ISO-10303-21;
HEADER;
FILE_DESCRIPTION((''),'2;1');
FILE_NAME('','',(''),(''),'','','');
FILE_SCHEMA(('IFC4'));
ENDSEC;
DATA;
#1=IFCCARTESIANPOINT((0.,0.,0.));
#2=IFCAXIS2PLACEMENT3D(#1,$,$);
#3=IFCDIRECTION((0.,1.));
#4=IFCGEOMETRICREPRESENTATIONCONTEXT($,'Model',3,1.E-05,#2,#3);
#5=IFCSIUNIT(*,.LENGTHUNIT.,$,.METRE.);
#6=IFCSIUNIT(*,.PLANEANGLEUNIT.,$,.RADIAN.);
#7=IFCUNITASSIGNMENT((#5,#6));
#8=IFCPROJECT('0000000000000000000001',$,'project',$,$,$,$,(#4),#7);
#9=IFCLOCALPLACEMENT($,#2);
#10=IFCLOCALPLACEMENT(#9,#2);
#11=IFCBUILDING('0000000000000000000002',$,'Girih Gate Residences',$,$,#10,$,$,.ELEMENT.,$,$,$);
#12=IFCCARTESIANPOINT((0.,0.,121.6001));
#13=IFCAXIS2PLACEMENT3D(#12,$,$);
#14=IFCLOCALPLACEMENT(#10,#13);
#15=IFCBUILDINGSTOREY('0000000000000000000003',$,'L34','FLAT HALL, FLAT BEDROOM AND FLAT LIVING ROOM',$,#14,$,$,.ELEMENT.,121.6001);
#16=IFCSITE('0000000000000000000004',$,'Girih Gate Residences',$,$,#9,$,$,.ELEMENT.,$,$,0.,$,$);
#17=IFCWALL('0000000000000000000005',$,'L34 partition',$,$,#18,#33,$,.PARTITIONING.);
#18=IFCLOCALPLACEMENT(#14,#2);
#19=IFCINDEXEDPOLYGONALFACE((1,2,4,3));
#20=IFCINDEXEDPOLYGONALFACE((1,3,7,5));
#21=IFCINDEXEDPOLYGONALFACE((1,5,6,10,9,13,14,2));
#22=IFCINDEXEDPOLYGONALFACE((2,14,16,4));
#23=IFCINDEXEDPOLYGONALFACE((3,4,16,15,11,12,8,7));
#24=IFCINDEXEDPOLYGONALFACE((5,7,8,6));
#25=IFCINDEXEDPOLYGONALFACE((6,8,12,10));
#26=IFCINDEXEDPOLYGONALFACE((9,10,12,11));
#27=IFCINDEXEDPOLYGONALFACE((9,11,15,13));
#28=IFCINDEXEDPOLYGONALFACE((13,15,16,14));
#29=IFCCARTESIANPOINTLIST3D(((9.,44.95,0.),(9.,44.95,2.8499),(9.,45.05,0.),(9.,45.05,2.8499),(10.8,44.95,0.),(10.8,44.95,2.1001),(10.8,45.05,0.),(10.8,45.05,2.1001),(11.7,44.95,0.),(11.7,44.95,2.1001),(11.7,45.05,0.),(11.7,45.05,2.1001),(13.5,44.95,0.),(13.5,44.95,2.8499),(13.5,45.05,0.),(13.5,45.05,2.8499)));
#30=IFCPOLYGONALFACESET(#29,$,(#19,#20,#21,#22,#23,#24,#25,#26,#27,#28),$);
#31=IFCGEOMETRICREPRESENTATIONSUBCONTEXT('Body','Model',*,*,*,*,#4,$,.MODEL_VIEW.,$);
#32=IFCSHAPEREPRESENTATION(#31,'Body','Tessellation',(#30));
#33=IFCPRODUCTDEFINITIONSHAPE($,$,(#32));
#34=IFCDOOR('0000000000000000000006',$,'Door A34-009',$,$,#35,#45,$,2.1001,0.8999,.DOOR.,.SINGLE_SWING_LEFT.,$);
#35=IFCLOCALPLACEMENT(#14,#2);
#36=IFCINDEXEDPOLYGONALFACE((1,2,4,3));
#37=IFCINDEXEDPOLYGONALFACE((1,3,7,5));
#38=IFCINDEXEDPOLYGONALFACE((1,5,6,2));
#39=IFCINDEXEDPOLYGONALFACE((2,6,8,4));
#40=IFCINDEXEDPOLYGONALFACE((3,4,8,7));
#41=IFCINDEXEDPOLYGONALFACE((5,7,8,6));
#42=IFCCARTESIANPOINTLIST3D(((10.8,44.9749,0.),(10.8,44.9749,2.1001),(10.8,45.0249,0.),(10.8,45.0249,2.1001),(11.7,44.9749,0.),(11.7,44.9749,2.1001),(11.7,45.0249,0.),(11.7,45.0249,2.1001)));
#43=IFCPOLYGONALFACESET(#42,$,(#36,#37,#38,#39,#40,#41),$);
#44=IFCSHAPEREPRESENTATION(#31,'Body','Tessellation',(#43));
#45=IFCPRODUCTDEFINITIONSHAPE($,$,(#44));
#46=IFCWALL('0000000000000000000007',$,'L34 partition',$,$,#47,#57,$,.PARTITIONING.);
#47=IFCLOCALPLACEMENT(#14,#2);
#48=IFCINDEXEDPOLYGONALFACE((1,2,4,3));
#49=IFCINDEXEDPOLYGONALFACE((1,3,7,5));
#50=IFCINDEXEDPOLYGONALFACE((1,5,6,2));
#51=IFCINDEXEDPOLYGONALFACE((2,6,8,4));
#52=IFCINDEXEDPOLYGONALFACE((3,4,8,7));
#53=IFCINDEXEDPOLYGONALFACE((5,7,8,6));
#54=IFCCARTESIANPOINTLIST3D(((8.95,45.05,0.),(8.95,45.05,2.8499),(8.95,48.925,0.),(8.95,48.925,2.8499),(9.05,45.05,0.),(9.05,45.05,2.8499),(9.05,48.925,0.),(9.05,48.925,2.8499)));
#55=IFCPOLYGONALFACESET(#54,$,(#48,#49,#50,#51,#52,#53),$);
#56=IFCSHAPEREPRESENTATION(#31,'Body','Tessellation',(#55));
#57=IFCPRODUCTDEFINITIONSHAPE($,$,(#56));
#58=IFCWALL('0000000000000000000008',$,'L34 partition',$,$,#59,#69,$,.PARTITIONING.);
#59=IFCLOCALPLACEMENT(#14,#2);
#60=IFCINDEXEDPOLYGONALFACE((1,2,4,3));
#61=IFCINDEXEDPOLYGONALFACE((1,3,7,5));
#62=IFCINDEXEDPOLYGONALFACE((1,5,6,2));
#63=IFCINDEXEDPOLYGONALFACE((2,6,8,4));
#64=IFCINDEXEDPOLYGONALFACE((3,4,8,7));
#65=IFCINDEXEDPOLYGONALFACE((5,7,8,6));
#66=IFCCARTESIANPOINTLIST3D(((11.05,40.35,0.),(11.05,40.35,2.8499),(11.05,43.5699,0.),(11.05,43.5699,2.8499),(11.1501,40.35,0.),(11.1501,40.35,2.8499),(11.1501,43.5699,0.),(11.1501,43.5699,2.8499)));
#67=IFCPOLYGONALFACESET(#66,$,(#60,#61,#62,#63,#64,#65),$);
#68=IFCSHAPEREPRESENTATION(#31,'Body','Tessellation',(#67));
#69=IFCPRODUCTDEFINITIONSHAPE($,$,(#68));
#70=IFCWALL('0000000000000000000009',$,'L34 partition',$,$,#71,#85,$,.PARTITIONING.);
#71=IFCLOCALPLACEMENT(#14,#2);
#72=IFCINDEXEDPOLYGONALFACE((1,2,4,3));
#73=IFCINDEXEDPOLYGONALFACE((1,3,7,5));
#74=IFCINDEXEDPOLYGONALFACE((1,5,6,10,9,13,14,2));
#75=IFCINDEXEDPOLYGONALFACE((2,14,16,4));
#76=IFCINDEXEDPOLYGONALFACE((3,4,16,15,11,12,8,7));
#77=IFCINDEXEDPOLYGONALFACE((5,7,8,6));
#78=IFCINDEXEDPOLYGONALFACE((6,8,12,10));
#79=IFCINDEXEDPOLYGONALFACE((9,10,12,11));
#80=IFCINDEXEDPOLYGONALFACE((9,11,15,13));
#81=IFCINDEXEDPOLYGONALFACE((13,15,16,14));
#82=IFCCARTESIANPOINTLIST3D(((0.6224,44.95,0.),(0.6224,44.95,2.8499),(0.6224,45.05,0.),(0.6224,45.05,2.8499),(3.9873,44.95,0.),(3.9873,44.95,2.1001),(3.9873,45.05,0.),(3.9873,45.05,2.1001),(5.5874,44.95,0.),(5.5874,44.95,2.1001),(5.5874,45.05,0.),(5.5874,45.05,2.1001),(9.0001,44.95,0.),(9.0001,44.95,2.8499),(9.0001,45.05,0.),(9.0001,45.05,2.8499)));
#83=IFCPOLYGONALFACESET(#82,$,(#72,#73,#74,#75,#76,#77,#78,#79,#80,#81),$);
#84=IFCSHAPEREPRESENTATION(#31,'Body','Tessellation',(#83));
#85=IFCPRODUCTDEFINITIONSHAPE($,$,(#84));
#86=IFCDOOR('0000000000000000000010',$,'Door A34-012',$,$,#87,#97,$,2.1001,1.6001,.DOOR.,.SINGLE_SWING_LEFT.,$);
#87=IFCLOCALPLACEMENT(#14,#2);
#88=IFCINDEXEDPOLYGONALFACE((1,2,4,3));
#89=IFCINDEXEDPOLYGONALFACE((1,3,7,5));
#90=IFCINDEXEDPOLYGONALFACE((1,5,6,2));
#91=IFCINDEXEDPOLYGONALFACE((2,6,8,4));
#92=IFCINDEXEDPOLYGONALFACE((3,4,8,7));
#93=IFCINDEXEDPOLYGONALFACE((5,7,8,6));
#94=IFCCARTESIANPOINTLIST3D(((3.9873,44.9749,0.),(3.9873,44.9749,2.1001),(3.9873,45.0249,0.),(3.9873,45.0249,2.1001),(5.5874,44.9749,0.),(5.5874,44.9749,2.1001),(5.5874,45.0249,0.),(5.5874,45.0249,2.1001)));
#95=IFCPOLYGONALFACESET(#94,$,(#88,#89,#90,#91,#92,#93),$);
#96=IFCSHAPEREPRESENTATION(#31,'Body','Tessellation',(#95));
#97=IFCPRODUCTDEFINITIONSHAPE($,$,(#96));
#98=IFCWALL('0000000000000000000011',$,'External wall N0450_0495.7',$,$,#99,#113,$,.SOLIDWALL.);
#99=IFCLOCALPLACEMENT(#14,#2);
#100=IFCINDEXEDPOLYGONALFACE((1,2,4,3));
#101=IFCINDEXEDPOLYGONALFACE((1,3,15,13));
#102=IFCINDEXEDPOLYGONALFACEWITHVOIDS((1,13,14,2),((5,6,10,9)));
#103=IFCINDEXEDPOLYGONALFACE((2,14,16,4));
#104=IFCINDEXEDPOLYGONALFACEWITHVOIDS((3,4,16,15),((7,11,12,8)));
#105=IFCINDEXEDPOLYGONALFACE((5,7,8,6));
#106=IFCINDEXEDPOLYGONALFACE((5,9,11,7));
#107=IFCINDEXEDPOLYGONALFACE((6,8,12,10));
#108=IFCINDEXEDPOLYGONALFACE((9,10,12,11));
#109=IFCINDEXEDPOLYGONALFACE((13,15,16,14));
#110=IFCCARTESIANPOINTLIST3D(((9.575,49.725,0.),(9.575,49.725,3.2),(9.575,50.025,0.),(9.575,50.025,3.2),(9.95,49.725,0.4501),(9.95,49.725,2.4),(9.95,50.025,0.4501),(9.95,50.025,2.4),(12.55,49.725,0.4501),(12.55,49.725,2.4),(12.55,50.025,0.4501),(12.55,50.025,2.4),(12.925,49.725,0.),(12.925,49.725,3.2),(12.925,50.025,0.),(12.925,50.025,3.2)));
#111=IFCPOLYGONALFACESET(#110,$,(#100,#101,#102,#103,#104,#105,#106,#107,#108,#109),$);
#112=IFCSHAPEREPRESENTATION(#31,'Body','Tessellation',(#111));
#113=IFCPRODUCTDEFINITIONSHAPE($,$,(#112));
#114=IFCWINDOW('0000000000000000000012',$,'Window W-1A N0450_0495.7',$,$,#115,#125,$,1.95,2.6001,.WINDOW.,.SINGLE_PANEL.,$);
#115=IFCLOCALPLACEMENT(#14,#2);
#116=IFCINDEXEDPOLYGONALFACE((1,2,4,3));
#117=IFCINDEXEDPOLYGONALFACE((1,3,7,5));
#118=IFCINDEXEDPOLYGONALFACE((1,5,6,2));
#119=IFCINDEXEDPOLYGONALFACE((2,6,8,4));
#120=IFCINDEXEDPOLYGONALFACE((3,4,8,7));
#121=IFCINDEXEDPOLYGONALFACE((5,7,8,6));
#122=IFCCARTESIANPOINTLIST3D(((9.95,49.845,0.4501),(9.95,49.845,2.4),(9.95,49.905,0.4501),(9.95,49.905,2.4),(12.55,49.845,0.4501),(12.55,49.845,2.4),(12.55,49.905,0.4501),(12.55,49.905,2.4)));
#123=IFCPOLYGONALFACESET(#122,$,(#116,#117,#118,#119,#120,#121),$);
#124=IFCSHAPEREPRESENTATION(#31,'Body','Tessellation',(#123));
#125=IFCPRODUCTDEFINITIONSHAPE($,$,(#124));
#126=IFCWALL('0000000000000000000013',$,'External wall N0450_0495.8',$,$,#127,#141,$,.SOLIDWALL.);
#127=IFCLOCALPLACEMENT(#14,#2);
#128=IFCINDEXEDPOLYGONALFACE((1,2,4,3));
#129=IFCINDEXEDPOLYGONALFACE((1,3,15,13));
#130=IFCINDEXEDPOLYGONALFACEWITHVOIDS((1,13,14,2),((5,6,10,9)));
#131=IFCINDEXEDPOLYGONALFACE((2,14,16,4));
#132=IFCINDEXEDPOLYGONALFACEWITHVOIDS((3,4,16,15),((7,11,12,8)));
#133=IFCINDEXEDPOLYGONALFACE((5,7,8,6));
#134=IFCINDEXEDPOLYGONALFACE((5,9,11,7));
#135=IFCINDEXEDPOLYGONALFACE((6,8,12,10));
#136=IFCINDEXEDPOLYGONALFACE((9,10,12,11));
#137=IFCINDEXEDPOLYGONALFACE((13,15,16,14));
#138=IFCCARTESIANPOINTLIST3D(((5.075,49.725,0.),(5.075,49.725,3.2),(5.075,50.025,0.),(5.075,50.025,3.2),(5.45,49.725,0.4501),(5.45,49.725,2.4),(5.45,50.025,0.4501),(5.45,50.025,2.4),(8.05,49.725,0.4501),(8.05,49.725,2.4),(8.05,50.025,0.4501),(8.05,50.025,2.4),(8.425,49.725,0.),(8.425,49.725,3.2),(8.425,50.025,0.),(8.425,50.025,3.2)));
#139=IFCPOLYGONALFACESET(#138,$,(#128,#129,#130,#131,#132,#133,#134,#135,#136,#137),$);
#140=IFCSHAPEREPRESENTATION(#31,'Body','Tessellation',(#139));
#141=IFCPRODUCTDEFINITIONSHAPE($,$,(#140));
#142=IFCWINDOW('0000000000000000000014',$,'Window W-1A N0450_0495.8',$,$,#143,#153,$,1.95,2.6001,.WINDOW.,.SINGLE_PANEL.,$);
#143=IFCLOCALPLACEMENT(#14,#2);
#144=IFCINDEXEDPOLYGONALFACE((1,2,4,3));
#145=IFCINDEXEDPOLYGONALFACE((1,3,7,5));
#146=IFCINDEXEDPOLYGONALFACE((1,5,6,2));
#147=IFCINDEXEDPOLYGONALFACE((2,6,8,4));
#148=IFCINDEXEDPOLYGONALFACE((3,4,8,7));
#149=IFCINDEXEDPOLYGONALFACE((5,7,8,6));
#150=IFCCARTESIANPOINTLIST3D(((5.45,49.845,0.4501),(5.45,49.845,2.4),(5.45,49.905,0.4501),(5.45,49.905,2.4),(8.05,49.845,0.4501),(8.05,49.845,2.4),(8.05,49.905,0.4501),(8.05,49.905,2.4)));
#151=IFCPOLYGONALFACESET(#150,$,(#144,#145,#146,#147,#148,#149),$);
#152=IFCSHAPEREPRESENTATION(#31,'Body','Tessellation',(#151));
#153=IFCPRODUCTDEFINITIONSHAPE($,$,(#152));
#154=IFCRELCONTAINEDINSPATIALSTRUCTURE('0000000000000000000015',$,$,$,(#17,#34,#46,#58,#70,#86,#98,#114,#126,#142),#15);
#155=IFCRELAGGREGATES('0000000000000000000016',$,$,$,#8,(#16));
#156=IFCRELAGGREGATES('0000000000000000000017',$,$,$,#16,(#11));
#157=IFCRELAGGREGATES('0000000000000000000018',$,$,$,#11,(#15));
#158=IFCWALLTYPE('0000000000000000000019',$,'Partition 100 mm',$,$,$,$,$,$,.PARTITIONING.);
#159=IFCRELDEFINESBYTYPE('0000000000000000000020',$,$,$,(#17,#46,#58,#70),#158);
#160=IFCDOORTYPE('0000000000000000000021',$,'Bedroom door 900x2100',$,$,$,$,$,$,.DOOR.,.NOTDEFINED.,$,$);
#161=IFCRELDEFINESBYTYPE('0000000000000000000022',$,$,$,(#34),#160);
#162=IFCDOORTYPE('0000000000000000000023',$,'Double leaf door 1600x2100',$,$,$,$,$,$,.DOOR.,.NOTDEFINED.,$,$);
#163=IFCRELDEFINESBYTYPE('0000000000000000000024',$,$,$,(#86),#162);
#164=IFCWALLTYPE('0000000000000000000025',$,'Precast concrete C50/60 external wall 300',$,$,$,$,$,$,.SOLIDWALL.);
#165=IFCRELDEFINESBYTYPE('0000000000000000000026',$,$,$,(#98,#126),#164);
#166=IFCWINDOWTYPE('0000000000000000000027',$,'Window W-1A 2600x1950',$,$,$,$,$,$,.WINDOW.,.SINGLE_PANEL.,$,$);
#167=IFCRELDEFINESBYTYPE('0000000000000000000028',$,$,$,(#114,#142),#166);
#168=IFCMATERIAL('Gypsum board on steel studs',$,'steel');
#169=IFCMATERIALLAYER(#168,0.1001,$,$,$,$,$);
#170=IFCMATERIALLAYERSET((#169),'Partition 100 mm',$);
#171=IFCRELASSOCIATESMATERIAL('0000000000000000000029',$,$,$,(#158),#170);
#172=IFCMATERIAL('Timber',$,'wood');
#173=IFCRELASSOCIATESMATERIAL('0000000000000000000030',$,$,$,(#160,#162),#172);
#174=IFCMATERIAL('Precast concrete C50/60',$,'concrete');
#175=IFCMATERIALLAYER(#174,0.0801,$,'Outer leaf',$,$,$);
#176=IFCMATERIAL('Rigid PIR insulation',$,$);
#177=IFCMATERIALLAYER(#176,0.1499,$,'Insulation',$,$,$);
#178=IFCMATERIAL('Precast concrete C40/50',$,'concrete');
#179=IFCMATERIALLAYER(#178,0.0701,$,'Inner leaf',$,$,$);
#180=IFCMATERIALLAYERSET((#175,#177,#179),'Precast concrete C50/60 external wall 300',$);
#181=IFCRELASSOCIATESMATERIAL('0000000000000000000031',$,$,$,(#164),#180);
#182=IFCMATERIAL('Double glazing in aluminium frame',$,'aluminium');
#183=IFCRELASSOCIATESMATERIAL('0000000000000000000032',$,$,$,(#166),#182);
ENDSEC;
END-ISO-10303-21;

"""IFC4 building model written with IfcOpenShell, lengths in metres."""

from ifc_helpers import new_model, si_unit, direction, frame, frame_2d, origin, place, context, subcontext, project, spatial, rectangle, extrude, material, layer, layer_set, type_object, element, fill, save


model = new_model("IFC4")

# Units and contexts
model_context = context("Model", 3, precision=1e-05, world=origin(), true_north=direction((0.0, 1.0)))
body_context = subcontext(model_context, "Body", "Model", "MODEL_VIEW")
ifc_project = project(units=[si_unit("LENGTHUNIT", "METRE"), si_unit("PLANEANGLEUNIT", "RADIAN")], contexts=[model_context])

# Site, building, storey
site_placement = place(None, origin())
site = spatial("IfcSite", under=ifc_project, at=site_placement, Name="Girih Gate Residences", CompositionType="ELEMENT", RefElevation=0.0)
building_placement = place(site_placement, origin())
building = spatial("IfcBuilding", under=site, at=building_placement, Name="Girih Gate Residences", CompositionType="ELEMENT")
storey_placement = place(building_placement, frame((0.0, 0.0, 121.6001)))
storey = spatial("IfcBuildingStorey", under=building, at=storey_placement, Name="L34", Description="FLAT HALL, FLAT BEDROOM AND FLAT LIVING ROOM", CompositionType="ELEMENT", Elevation=121.6001)

# Shared definitions
ifc_material_1 = material(Name="Gypsum board on steel studs", Category="steel")

# Wall, opening, door
ifc_layer_1 = layer(ifc_material_1, 0.1001)
ifc_layer_set_1 = layer_set([ifc_layer_1], Name="Partition 100 mm")
wall_type_1 = type_object("IfcWallType", Name="Partition 100 mm", PredefinedType="PARTITIONING", material=ifc_layer_set_1)
wall_1_placement = place(storey_placement, frame((9.0, 45.0, 0.0), z_axis=(0.0, 0.0, 1.0), x_axis=(1.0, 0.0, 0.0)))
wall_1 = element("IfcWall", 1, at=wall_1_placement, inside=storey, type_object=wall_type_1, Name="L34 partition", PredefinedType="PARTITIONING", context=body_context, shape_type="SweptSolid", body=[
    extrude(rectangle(XDim=4.5, YDim=0.1001, at=frame_2d((2.25, 0.0))), origin(), (0.0, 0.0, 1.0), 2.8499),
])
opening_1_placement = place(wall_1_placement, frame((1.8, 0.0, 0.0)))
opening_1 = element("IfcOpeningElement", 2, at=opening_1_placement, cuts=wall_1, PredefinedType="OPENING", context=body_context, shape_type="SweptSolid", body=[
    extrude(rectangle(XDim=0.8999, YDim=2.1001, at=frame_2d((0.45, 1.05))), frame((0.0, 0.0601, 0.0), z_axis=(0.0, -1.0, 0.0), x_axis=(1.0, 0.0, 0.0)), (0.0, 0.0, 1.0), 0.1201),
])
ifc_material_2 = material(Name="Timber", Category="wood")
door_type_1 = type_object("IfcDoorType", Name="Bedroom door 900x2100", OperationType="NOTDEFINED", PredefinedType="DOOR", material=ifc_material_2)
door_1_placement = place(opening_1_placement, origin())
door_1 = element("IfcDoor", 3, at=door_1_placement, inside=storey, type_object=door_type_1, Name="Door A34-009", OperationType="SINGLE_SWING_LEFT", OverallHeight=2.1001, OverallWidth=0.8999, PredefinedType="DOOR", context=body_context, shape_type="SweptSolid", body=[
    extrude(rectangle(XDim=0.8999, YDim=2.1001, at=frame_2d((0.45, 1.05))), frame((0.0, 0.0249, 0.0), z_axis=(0.0, -1.0, 0.0), x_axis=(1.0, 0.0, 0.0)), (0.0, 0.0, 1.0), 0.05),
])
fill(opening_1, door_1)

# Walls
wall_2_placement = place(storey_placement, frame((9.0, 45.05, 0.0), z_axis=(0.0, 0.0, 1.0), x_axis=(0.0, 1.0, 0.0)))
element("IfcWall", 4, at=wall_2_placement, inside=storey, type_object=wall_type_1, Name="L34 partition", PredefinedType="PARTITIONING", context=body_context, shape_type="SweptSolid", body=[
    extrude(rectangle(XDim=3.875, YDim=0.1001, at=frame_2d((1.9375, 0.0))), origin(), (0.0, 0.0, 1.0), 2.8499),
])
wall_3_placement = place(storey_placement, frame((11.1001, 40.3501, 0.0), z_axis=(0.0, 0.0, 1.0), x_axis=(0.0, 1.0, 0.0)))
element("IfcWall", 5, at=wall_3_placement, inside=storey, type_object=wall_type_1, Name="L34 partition", PredefinedType="PARTITIONING", context=body_context, shape_type="SweptSolid", body=[
    extrude(rectangle(XDim=3.22, YDim=0.1001, at=frame_2d((1.6099, 0.0))), origin(), (0.0, 0.0, 1.0), 2.8499),
])

# Wall, opening, door
wall_4_placement = place(storey_placement, frame((0.6223, 45.0, 0.0), z_axis=(0.0, 0.0, 1.0), x_axis=(1.0, 0.0, 0.0)))
wall_4 = element("IfcWall", 6, at=wall_4_placement, inside=storey, type_object=wall_type_1, Name="L34 partition", PredefinedType="PARTITIONING", context=body_context, shape_type="SweptSolid", body=[
    extrude(rectangle(XDim=8.3777, YDim=0.1001, at=frame_2d((4.189, 0.0))), origin(), (0.0, 0.0, 1.0), 2.8499),
])
opening_2_placement = place(wall_4_placement, frame((3.365, 0.0, 0.0)))
opening_2 = element("IfcOpeningElement", 7, at=opening_2_placement, cuts=wall_4, PredefinedType="OPENING", context=body_context, shape_type="SweptSolid", body=[
    extrude(rectangle(XDim=1.6001, YDim=2.1001, at=frame_2d((0.8, 1.05))), frame((0.0, 0.0601, 0.0), z_axis=(0.0, -1.0, 0.0), x_axis=(1.0, 0.0, 0.0)), (0.0, 0.0, 1.0), 0.1201),
])
door_type_2 = type_object("IfcDoorType", Name="Double leaf door 1600x2100", OperationType="NOTDEFINED", PredefinedType="DOOR", material=ifc_material_2)
door_2_placement = place(opening_2_placement, origin())
door_2 = element("IfcDoor", 8, at=door_2_placement, inside=storey, type_object=door_type_2, Name="Door A34-012", OperationType="SINGLE_SWING_LEFT", OverallHeight=2.1001, OverallWidth=1.6001, PredefinedType="DOOR", context=body_context, shape_type="SweptSolid", body=[
    extrude(rectangle(XDim=1.6001, YDim=2.1001, at=frame_2d((0.8, 1.05))), frame((0.0, 0.0249, 0.0), z_axis=(0.0, -1.0, 0.0), x_axis=(1.0, 0.0, 0.0)), (0.0, 0.0, 1.0), 0.05),
])
fill(opening_2, door_2)

# Walls, openings, windows
ifc_material_3 = material(Name="Precast concrete C50/60", Category="concrete")
ifc_layer_2 = layer(ifc_material_3, 0.0801, Name="Outer leaf")
ifc_material_4 = material(Name="Rigid PIR insulation")
ifc_layer_3 = layer(ifc_material_4, 0.1499, Name="Insulation")
ifc_material_5 = material(Name="Precast concrete C40/50", Category="concrete")
ifc_layer_4 = layer(ifc_material_5, 0.0701, Name="Inner leaf")
ifc_layer_set_2 = layer_set([ifc_layer_2, ifc_layer_3, ifc_layer_4], Name="Precast concrete C50/60 external wall 300")
wall_type_2 = type_object("IfcWallType", Name="Precast concrete C50/60 external wall 300", PredefinedType="SOLIDWALL", material=ifc_layer_set_2)
wall_5_placement = place(storey_placement, frame((9.575, 49.875, 0.0), z_axis=(0.0, 0.0, 1.0), x_axis=(1.0, 0.0, 0.0)))
wall_5 = element("IfcWall", 9, at=wall_5_placement, inside=storey, type_object=wall_type_2, Name="External wall N0450_0495.7", PredefinedType="SOLIDWALL", context=body_context, shape_type="SweptSolid", body=[
    extrude(rectangle(XDim=3.3501, YDim=0.3, at=frame_2d((1.675, 0.0))), origin(), (0.0, 0.0, 1.0), 3.2),
])
opening_3_placement = place(wall_5_placement, frame((0.375, 0.0, 0.45)))
opening_3 = element("IfcOpeningElement", 10, at=opening_3_placement, cuts=wall_5, PredefinedType="OPENING", context=body_context, shape_type="SweptSolid", body=[
    extrude(rectangle(XDim=2.6001, YDim=1.95, at=frame_2d((1.3, 0.9751))), frame((0.0, 0.1599, 0.0), z_axis=(0.0, -1.0, 0.0), x_axis=(1.0, 0.0, 0.0)), (0.0, 0.0, 1.0), 0.3201),
])
ifc_material_6 = material(Name="Double glazing in aluminium frame", Category="aluminium")
window_type_1 = type_object("IfcWindowType", Name="Window W-1A 2600x1950", PartitioningType="SINGLE_PANEL", PredefinedType="WINDOW", material=ifc_material_6)
window_1_placement = place(opening_3_placement, origin())
window_1 = element("IfcWindow", 11, at=window_1_placement, inside=storey, type_object=window_type_1, Name="Window W-1A N0450_0495.7", OverallHeight=1.95, OverallWidth=2.6001, PartitioningType="SINGLE_PANEL", PredefinedType="WINDOW", context=body_context, shape_type="SweptSolid", body=[
    extrude(rectangle(XDim=2.6001, YDim=1.95, at=frame_2d((1.3, 0.9751))), frame((0.0, 0.03, 0.0), z_axis=(0.0, -1.0, 0.0), x_axis=(1.0, 0.0, 0.0)), (0.0, 0.0, 1.0), 0.0601),
])
fill(opening_3, window_1)
wall_6_placement = place(storey_placement, frame((5.075, 49.875, 0.0), z_axis=(0.0, 0.0, 1.0), x_axis=(1.0, 0.0, 0.0)))
wall_6 = element("IfcWall", 12, at=wall_6_placement, inside=storey, type_object=wall_type_2, Name="External wall N0450_0495.8", PredefinedType="SOLIDWALL", context=body_context, shape_type="SweptSolid", body=[
    extrude(rectangle(XDim=3.3501, YDim=0.3, at=frame_2d((1.675, 0.0))), origin(), (0.0, 0.0, 1.0), 3.2),
])
opening_4_placement = place(wall_6_placement, frame((0.375, 0.0, 0.45)))
opening_4 = element("IfcOpeningElement", 13, at=opening_4_placement, cuts=wall_6, PredefinedType="OPENING", context=body_context, shape_type="SweptSolid", body=[
    extrude(rectangle(XDim=2.6001, YDim=1.95, at=frame_2d((1.3, 0.9751))), frame((0.0, 0.1599, 0.0), z_axis=(0.0, -1.0, 0.0), x_axis=(1.0, 0.0, 0.0)), (0.0, 0.0, 1.0), 0.3201),
])
window_2_placement = place(opening_4_placement, origin())
window_2 = element("IfcWindow", 14, at=window_2_placement, inside=storey, type_object=window_type_1, Name="Window W-1A N0450_0495.8", OverallHeight=1.95, OverallWidth=2.6001, PartitioningType="SINGLE_PANEL", PredefinedType="WINDOW", context=body_context, shape_type="SweptSolid", body=[
    extrude(rectangle(XDim=2.6001, YDim=1.95, at=frame_2d((1.3, 0.9751))), frame((0.0, 0.03, 0.0), z_axis=(0.0, -1.0, 0.0), x_axis=(1.0, 0.0, 0.0)), (0.0, 0.0, 1.0), 0.0601),
])
fill(opening_4, window_2)

save(model, "model.ifc")
